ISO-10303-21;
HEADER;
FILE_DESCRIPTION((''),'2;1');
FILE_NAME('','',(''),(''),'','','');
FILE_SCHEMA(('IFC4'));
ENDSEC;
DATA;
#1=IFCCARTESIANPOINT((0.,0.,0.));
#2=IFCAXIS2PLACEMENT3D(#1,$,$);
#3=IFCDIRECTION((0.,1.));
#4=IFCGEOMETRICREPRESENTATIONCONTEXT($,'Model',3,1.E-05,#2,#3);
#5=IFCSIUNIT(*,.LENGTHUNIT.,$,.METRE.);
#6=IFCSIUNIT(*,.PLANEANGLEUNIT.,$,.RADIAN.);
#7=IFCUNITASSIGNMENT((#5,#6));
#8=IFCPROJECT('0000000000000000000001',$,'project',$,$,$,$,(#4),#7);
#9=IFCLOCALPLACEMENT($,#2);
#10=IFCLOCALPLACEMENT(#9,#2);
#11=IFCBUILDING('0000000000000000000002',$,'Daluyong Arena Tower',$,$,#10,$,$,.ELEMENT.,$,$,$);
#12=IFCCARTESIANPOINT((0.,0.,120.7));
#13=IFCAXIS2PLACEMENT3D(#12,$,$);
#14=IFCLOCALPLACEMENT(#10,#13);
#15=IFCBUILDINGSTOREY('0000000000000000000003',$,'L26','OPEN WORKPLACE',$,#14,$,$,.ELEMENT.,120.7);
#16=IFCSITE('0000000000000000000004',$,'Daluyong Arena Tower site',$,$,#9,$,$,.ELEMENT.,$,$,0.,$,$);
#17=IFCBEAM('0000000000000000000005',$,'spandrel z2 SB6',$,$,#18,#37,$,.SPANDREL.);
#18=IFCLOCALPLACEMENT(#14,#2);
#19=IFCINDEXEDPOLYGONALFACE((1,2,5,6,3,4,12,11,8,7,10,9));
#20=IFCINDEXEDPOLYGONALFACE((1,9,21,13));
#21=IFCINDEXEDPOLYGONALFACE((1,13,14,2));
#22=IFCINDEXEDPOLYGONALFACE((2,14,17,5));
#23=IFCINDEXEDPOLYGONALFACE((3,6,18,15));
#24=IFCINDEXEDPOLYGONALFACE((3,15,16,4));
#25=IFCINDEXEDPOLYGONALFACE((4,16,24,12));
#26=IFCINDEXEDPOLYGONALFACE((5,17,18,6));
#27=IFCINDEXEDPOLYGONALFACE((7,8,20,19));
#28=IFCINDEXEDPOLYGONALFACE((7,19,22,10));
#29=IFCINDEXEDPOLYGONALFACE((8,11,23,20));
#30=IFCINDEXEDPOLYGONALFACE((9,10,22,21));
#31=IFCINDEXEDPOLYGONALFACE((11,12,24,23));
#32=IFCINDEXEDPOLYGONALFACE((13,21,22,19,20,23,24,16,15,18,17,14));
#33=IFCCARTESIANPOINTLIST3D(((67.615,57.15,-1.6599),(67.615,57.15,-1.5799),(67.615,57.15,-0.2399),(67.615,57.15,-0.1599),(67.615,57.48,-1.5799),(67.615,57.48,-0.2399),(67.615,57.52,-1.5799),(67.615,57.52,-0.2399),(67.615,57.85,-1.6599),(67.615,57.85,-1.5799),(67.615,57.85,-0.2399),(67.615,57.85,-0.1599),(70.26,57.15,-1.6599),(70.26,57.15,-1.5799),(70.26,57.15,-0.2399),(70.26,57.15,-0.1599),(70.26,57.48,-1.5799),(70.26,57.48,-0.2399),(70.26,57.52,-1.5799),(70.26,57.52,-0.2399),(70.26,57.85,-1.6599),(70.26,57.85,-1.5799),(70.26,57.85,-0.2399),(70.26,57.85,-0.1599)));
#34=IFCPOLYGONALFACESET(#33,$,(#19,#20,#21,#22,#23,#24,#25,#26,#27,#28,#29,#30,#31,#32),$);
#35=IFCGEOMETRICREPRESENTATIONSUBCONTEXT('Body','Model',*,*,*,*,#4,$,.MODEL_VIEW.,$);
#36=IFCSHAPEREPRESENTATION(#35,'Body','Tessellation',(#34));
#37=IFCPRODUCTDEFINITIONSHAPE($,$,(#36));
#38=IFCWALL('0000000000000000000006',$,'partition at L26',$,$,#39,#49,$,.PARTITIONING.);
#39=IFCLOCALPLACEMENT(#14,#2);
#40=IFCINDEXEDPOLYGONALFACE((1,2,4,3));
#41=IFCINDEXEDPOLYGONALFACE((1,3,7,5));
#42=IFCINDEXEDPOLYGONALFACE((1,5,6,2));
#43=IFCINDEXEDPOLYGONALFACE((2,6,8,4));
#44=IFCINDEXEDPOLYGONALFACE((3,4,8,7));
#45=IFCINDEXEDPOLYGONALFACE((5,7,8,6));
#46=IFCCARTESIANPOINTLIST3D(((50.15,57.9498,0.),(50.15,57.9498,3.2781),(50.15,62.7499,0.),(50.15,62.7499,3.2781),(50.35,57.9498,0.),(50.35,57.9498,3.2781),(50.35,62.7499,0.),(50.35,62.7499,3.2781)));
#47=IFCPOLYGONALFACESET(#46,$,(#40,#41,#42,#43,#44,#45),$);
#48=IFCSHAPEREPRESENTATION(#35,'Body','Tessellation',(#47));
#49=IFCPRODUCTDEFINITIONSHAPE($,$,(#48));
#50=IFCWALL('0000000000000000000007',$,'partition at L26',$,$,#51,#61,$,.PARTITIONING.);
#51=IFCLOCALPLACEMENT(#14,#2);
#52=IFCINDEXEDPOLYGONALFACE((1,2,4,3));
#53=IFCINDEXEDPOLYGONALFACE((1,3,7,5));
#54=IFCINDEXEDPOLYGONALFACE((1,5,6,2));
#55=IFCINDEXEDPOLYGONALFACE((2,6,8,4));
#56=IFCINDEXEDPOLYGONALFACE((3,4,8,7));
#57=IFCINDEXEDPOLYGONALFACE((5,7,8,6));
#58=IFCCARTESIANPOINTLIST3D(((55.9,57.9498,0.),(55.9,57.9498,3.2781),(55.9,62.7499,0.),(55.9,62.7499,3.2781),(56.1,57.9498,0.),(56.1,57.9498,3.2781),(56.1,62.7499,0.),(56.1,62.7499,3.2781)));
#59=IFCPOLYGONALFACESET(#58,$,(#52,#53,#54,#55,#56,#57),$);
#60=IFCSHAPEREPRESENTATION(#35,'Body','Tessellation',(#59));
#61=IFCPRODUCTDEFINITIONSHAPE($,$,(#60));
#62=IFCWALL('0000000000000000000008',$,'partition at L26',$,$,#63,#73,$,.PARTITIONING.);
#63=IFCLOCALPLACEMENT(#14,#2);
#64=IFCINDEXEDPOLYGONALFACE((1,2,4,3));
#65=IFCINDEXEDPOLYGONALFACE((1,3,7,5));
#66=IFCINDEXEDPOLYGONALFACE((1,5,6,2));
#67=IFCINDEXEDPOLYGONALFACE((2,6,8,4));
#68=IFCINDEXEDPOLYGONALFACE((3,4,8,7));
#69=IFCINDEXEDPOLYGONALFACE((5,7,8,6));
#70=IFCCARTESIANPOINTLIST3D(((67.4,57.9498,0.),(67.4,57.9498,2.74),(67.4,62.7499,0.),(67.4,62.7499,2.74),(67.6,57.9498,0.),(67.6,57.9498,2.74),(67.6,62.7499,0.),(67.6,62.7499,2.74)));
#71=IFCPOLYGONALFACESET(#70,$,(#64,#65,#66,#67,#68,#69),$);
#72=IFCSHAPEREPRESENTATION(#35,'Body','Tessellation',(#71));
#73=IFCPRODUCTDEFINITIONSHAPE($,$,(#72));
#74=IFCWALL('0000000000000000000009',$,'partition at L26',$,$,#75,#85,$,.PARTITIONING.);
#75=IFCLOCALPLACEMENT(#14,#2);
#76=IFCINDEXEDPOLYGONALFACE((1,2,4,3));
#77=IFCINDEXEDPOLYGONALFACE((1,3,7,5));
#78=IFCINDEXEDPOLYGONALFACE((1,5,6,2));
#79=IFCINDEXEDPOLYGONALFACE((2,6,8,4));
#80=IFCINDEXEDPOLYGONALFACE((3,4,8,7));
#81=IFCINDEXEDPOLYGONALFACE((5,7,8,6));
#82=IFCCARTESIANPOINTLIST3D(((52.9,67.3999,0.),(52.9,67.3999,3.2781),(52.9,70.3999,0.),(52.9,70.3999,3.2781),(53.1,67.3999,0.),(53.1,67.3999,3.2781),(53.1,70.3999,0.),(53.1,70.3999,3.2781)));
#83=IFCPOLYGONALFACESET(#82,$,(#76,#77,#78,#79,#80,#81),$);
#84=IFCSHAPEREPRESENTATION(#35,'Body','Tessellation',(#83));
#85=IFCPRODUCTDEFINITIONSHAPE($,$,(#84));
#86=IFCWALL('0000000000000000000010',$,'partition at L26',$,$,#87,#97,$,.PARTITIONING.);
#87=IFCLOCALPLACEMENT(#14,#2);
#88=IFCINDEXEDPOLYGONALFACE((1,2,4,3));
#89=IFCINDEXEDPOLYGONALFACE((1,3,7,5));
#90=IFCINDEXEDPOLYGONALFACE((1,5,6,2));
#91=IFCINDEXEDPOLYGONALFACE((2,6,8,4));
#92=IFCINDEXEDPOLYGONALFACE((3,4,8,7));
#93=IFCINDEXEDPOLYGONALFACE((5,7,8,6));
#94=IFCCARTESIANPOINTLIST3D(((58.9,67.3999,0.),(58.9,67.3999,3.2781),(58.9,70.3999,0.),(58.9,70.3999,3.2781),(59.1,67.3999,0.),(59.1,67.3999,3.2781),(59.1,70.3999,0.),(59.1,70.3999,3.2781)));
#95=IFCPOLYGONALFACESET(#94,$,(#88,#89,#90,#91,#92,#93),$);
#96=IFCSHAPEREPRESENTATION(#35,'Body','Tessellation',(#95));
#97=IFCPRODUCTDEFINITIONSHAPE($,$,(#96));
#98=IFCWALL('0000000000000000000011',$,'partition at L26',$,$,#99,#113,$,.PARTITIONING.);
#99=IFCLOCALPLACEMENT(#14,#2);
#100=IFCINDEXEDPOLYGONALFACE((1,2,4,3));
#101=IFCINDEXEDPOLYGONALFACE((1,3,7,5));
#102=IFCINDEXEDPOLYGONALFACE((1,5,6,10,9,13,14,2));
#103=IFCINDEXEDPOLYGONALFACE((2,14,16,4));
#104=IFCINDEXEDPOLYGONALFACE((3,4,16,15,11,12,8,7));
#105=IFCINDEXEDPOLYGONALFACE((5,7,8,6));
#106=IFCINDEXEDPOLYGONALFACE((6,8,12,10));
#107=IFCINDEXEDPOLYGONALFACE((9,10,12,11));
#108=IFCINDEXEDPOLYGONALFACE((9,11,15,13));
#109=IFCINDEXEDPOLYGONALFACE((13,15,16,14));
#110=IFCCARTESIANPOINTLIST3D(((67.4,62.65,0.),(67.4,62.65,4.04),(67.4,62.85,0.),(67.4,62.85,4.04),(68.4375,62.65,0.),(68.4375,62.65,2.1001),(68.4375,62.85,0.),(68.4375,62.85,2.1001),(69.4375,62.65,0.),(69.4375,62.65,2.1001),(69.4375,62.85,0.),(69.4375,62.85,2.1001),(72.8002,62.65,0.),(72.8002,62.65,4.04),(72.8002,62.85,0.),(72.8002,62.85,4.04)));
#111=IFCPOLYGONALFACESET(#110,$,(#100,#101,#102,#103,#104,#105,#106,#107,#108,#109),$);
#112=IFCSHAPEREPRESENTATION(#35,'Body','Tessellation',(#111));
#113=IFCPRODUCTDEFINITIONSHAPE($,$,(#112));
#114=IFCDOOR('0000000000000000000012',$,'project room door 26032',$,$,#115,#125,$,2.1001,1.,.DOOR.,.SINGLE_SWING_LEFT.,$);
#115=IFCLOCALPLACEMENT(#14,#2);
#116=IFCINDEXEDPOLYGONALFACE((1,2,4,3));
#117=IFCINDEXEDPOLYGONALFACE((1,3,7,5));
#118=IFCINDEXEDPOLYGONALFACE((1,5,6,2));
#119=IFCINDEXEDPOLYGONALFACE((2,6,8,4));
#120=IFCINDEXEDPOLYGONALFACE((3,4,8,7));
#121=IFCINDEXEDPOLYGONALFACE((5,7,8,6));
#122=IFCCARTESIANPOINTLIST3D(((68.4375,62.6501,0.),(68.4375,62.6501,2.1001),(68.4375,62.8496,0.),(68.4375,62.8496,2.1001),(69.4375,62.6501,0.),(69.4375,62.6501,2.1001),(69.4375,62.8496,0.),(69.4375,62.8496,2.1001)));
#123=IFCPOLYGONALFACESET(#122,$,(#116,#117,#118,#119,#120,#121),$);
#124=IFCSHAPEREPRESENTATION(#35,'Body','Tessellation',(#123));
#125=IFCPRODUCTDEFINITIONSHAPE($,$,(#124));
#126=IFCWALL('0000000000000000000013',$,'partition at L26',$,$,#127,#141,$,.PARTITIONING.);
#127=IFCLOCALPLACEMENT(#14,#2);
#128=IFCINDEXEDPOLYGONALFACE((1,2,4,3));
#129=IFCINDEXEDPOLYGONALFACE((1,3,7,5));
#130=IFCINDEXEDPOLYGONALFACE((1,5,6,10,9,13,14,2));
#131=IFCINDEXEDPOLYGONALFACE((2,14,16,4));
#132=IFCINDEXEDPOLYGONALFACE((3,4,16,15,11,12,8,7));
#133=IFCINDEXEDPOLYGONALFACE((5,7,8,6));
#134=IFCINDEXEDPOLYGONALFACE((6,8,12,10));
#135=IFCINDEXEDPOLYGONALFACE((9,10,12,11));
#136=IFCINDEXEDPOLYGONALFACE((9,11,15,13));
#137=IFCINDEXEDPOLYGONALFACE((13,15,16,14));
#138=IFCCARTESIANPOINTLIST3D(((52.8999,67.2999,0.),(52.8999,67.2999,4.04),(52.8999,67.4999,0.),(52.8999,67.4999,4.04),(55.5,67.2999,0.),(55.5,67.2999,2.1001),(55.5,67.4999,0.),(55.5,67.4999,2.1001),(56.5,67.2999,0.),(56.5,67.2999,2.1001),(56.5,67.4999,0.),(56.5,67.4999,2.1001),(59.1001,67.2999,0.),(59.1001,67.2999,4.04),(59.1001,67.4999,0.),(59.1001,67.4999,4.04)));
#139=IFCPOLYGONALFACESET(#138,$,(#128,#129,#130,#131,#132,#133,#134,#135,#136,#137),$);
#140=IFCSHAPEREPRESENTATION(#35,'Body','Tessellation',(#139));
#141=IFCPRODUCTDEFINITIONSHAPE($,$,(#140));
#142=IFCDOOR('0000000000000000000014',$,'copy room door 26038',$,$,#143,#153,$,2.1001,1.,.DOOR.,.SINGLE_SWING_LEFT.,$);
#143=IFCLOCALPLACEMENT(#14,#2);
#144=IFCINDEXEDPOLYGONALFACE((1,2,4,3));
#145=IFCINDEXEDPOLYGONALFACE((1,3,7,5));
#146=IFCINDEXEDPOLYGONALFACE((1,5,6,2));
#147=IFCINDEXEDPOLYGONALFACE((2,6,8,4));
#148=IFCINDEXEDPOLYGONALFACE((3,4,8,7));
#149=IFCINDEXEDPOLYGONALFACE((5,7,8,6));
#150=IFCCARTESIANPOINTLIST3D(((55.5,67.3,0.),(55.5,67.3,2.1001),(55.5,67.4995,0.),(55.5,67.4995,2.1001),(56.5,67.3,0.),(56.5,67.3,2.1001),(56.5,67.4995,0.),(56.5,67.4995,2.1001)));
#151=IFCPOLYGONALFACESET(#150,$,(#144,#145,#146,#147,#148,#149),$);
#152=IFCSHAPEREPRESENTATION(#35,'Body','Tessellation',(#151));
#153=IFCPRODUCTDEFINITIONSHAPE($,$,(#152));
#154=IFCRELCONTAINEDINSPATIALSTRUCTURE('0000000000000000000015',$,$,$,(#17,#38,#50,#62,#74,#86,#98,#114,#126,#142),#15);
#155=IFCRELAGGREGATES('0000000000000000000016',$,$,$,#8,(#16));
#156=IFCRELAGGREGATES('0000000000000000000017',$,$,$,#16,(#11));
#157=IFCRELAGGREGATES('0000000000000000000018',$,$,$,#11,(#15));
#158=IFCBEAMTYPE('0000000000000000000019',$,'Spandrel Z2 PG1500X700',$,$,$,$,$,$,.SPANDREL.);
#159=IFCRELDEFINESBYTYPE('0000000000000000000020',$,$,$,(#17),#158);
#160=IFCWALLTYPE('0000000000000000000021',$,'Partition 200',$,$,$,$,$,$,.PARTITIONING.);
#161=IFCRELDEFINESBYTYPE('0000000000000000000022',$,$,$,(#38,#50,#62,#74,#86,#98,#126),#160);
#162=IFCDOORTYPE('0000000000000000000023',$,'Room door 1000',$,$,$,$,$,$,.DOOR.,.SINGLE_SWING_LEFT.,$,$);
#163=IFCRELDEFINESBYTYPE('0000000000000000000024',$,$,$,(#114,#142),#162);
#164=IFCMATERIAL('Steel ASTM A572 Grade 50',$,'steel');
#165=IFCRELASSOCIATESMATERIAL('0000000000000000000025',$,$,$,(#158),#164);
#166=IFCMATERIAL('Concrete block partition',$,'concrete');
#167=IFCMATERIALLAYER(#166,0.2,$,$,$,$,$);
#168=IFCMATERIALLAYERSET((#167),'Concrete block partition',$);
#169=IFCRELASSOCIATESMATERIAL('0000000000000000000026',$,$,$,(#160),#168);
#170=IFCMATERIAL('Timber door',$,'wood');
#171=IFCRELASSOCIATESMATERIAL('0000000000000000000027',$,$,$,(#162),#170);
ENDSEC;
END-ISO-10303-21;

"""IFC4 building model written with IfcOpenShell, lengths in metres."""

from ifc_helpers import new_model, si_unit, direction, frame, frame_2d, origin, origin_2d, place, context, subcontext, project, spatial, rectangle, i_section, extrude, material, layer, layer_set, material_profile, profile_set, type_object, element, fill, save


model = new_model("IFC4")

# Units and contexts
model_context = context("Model", 3, precision=1e-05, world=origin(), true_north=direction((0.0, 1.0)))
body_context = subcontext(model_context, "Body", "Model", "MODEL_VIEW")
ifc_project = project(units=[si_unit("LENGTHUNIT", "METRE"), si_unit("PLANEANGLEUNIT", "RADIAN")], contexts=[model_context])

# Site, building, storey
site_placement = place(None, origin())
site = spatial("IfcSite", under=ifc_project, at=site_placement, Name="Daluyong Arena Tower site", CompositionType="ELEMENT", RefElevation=0.0)
building_placement = place(site_placement, origin())
building = spatial("IfcBuilding", under=site, at=building_placement, Name="Daluyong Arena Tower", CompositionType="ELEMENT")
storey_placement = place(building_placement, frame((0.0, 0.0, 120.7)))
storey = spatial("IfcBuildingStorey", under=building, at=storey_placement, Name="L26", Description="OPEN WORKPLACE", CompositionType="ELEMENT", Elevation=120.7)

# Beam
ifc_material_1 = material(Name="Steel ASTM A572 Grade 50", Category="steel")
ifc_material_profile_1 = material_profile(ifc_material_1, i_section(OverallWidth=0.7, OverallDepth=1.5, WebThickness=0.04, FlangeThickness=0.08, at=origin_2d()))
ifc_profile_set_1 = profile_set([ifc_material_profile_1], Name="Steel ASTM A572 Grade 50")
beam_type_1 = type_object("IfcBeamType", Name="Spandrel Z2 PG1500X700", PredefinedType="SPANDREL", material=ifc_profile_set_1)
for number, where, z_axis, x_axis, name in (
    (1, (67.615, 57.5, -0.9099), (1.0, 0.0, 0.0), (0.0, 1.0, 0.0), "spandrel z2 SB6"),
):
    element("IfcBeam", number, at=place(storey_placement, frame(where, z_axis=z_axis, x_axis=x_axis)), inside=storey, type_object=beam_type_1, Name=name, PredefinedType="SPANDREL", context=body_context, shape_type="SweptSolid", body=[
        extrude(i_section(OverallWidth=0.7, OverallDepth=1.5, WebThickness=0.04, FlangeThickness=0.08, at=origin_2d()), origin(), (0.0, 0.0, 1.0), 2.645),
    ])

# Walls
ifc_material_2 = material(Name="Concrete block partition", Category="concrete")
ifc_layer = layer(ifc_material_2, 0.2)
ifc_layer_set = layer_set([ifc_layer], Name="Concrete block partition")
wall_type = type_object("IfcWallType", Name="Partition 200", PredefinedType="PARTITIONING", material=ifc_layer_set)
for number, where, z_axis, x_axis, name in (
    (2, (50.25, 57.95, 0.0), (0.0, 0.0, 1.0), (0.0, 1.0, 0.0), "partition at L26"),
    (3, (56.0, 57.95, 0.0), (0.0, 0.0, 1.0), (0.0, 1.0, 0.0), "partition at L26"),
):
    element("IfcWall", number, at=place(storey_placement, frame(where, z_axis=z_axis, x_axis=x_axis)), inside=storey, type_object=wall_type, Name=name, PredefinedType="PARTITIONING", context=body_context, shape_type="SweptSolid", body=[
        extrude(rectangle(XDim=4.8, YDim=0.2, at=frame_2d((2.3999, 0.0))), origin(), (0.0, 0.0, 1.0), 3.2781),
    ])
wall_1_placement = place(storey_placement, frame((67.5, 57.95, 0.0), z_axis=(0.0, 0.0, 1.0), x_axis=(0.0, 1.0, 0.0)))
element("IfcWall", 4, at=wall_1_placement, inside=storey, type_object=wall_type, Name="partition at L26", PredefinedType="PARTITIONING", context=body_context, shape_type="SweptSolid", body=[
    extrude(rectangle(XDim=4.8, YDim=0.2, at=frame_2d((2.3999, 0.0))), origin(), (0.0, 0.0, 1.0), 2.74),
])
for number, where, z_axis, x_axis, name in (
    (5, (53.0, 67.3999, 0.0), (0.0, 0.0, 1.0), (0.0, 1.0, 0.0), "partition at L26"),
    (6, (59.0, 67.3999, 0.0), (0.0, 0.0, 1.0), (0.0, 1.0, 0.0), "partition at L26"),
):
    element("IfcWall", number, at=place(storey_placement, frame(where, z_axis=z_axis, x_axis=x_axis)), inside=storey, type_object=wall_type, Name=name, PredefinedType="PARTITIONING", context=body_context, shape_type="SweptSolid", body=[
        extrude(rectangle(XDim=3.0, YDim=0.2, at=frame_2d((1.5, 0.0))), origin(), (0.0, 0.0, 1.0), 3.2781),
    ])

# Walls, openings, doors
wall_2_placement = place(storey_placement, frame((67.3999, 62.75, 0.0), z_axis=(0.0, 0.0, 1.0), x_axis=(1.0, 0.0, 0.0)))
wall_2 = element("IfcWall", 7, at=wall_2_placement, inside=storey, type_object=wall_type, Name="partition at L26", PredefinedType="PARTITIONING", context=body_context, shape_type="SweptSolid", body=[
    extrude(rectangle(XDim=5.4001, YDim=0.2, at=frame_2d((2.7002, 0.0))), origin(), (0.0, 0.0, 1.0), 4.04),
])
opening_1_placement = place(wall_2_placement, frame((1.0376, 0.0, 0.0)))
opening_1 = element("IfcOpeningElement", 8, at=opening_1_placement, cuts=wall_2, PredefinedType="OPENING", context=body_context, shape_type="SweptSolid", body=[
    extrude(rectangle(XDim=1.0, YDim=2.1001, at=frame_2d((0.5, 1.05))), frame((0.0, 0.1099, 0.0), z_axis=(0.0, -1.0, 0.0), x_axis=(1.0, 0.0, 0.0)), (0.0, 0.0, 1.0), 0.22),
])
ifc_material_3 = material(Name="Timber door", Category="wood")
door_type = type_object("IfcDoorType", Name="Room door 1000", OperationType="SINGLE_SWING_LEFT", PredefinedType="DOOR", material=ifc_material_3)
door_1_placement = place(opening_1_placement, origin())
door_1 = element("IfcDoor", 9, at=door_1_placement, inside=storey, type_object=door_type, Name="project room door 26032", OperationType="SINGLE_SWING_LEFT", OverallHeight=2.1001, OverallWidth=1.0, PredefinedType="DOOR", context=body_context, shape_type="SweptSolid", body=[
    extrude(rectangle(XDim=1.0, YDim=2.1001, at=frame_2d((0.5, 1.05))), frame((0.0, 0.0996, 0.0), z_axis=(0.0, -1.0, 0.0), x_axis=(1.0, 0.0, 0.0)), (0.0, 0.0, 1.0), 0.1995),
])
fill(opening_1, door_1)
wall_3_placement = place(storey_placement, frame((52.8999, 67.3999, 0.0), z_axis=(0.0, 0.0, 1.0), x_axis=(1.0, 0.0, 0.0)))
wall_3 = element("IfcWall", 10, at=wall_3_placement, inside=storey, type_object=wall_type, Name="partition at L26", PredefinedType="PARTITIONING", context=body_context, shape_type="SweptSolid", body=[
    extrude(rectangle(XDim=6.2002, YDim=0.2, at=frame_2d((3.1001, 0.0))), origin(), (0.0, 0.0, 1.0), 4.04),
])
opening_2_placement = place(wall_3_placement, frame((2.6001, 0.0, 0.0)))
opening_2 = element("IfcOpeningElement", 11, at=opening_2_placement, cuts=wall_3, PredefinedType="OPENING", context=body_context, shape_type="SweptSolid", body=[
    extrude(rectangle(XDim=1.0, YDim=2.1001, at=frame_2d((0.5, 1.05))), frame((0.0, 0.1099, 0.0), z_axis=(0.0, -1.0, 0.0), x_axis=(1.0, 0.0, 0.0)), (0.0, 0.0, 1.0), 0.22),
])
door_2_placement = place(opening_2_placement, origin())
door_2 = element("IfcDoor", 12, at=door_2_placement, inside=storey, type_object=door_type, Name="copy room door 26038", OperationType="SINGLE_SWING_LEFT", OverallHeight=2.1001, OverallWidth=1.0, PredefinedType="DOOR", context=body_context, shape_type="SweptSolid", body=[
    extrude(rectangle(XDim=1.0, YDim=2.1001, at=frame_2d((0.5, 1.05))), frame((0.0, 0.0996, 0.0), z_axis=(0.0, -1.0, 0.0), x_axis=(1.0, 0.0, 0.0)), (0.0, 0.0, 1.0), 0.1995),
])
fill(opening_2, door_2)

save(model, "model.ifc")
